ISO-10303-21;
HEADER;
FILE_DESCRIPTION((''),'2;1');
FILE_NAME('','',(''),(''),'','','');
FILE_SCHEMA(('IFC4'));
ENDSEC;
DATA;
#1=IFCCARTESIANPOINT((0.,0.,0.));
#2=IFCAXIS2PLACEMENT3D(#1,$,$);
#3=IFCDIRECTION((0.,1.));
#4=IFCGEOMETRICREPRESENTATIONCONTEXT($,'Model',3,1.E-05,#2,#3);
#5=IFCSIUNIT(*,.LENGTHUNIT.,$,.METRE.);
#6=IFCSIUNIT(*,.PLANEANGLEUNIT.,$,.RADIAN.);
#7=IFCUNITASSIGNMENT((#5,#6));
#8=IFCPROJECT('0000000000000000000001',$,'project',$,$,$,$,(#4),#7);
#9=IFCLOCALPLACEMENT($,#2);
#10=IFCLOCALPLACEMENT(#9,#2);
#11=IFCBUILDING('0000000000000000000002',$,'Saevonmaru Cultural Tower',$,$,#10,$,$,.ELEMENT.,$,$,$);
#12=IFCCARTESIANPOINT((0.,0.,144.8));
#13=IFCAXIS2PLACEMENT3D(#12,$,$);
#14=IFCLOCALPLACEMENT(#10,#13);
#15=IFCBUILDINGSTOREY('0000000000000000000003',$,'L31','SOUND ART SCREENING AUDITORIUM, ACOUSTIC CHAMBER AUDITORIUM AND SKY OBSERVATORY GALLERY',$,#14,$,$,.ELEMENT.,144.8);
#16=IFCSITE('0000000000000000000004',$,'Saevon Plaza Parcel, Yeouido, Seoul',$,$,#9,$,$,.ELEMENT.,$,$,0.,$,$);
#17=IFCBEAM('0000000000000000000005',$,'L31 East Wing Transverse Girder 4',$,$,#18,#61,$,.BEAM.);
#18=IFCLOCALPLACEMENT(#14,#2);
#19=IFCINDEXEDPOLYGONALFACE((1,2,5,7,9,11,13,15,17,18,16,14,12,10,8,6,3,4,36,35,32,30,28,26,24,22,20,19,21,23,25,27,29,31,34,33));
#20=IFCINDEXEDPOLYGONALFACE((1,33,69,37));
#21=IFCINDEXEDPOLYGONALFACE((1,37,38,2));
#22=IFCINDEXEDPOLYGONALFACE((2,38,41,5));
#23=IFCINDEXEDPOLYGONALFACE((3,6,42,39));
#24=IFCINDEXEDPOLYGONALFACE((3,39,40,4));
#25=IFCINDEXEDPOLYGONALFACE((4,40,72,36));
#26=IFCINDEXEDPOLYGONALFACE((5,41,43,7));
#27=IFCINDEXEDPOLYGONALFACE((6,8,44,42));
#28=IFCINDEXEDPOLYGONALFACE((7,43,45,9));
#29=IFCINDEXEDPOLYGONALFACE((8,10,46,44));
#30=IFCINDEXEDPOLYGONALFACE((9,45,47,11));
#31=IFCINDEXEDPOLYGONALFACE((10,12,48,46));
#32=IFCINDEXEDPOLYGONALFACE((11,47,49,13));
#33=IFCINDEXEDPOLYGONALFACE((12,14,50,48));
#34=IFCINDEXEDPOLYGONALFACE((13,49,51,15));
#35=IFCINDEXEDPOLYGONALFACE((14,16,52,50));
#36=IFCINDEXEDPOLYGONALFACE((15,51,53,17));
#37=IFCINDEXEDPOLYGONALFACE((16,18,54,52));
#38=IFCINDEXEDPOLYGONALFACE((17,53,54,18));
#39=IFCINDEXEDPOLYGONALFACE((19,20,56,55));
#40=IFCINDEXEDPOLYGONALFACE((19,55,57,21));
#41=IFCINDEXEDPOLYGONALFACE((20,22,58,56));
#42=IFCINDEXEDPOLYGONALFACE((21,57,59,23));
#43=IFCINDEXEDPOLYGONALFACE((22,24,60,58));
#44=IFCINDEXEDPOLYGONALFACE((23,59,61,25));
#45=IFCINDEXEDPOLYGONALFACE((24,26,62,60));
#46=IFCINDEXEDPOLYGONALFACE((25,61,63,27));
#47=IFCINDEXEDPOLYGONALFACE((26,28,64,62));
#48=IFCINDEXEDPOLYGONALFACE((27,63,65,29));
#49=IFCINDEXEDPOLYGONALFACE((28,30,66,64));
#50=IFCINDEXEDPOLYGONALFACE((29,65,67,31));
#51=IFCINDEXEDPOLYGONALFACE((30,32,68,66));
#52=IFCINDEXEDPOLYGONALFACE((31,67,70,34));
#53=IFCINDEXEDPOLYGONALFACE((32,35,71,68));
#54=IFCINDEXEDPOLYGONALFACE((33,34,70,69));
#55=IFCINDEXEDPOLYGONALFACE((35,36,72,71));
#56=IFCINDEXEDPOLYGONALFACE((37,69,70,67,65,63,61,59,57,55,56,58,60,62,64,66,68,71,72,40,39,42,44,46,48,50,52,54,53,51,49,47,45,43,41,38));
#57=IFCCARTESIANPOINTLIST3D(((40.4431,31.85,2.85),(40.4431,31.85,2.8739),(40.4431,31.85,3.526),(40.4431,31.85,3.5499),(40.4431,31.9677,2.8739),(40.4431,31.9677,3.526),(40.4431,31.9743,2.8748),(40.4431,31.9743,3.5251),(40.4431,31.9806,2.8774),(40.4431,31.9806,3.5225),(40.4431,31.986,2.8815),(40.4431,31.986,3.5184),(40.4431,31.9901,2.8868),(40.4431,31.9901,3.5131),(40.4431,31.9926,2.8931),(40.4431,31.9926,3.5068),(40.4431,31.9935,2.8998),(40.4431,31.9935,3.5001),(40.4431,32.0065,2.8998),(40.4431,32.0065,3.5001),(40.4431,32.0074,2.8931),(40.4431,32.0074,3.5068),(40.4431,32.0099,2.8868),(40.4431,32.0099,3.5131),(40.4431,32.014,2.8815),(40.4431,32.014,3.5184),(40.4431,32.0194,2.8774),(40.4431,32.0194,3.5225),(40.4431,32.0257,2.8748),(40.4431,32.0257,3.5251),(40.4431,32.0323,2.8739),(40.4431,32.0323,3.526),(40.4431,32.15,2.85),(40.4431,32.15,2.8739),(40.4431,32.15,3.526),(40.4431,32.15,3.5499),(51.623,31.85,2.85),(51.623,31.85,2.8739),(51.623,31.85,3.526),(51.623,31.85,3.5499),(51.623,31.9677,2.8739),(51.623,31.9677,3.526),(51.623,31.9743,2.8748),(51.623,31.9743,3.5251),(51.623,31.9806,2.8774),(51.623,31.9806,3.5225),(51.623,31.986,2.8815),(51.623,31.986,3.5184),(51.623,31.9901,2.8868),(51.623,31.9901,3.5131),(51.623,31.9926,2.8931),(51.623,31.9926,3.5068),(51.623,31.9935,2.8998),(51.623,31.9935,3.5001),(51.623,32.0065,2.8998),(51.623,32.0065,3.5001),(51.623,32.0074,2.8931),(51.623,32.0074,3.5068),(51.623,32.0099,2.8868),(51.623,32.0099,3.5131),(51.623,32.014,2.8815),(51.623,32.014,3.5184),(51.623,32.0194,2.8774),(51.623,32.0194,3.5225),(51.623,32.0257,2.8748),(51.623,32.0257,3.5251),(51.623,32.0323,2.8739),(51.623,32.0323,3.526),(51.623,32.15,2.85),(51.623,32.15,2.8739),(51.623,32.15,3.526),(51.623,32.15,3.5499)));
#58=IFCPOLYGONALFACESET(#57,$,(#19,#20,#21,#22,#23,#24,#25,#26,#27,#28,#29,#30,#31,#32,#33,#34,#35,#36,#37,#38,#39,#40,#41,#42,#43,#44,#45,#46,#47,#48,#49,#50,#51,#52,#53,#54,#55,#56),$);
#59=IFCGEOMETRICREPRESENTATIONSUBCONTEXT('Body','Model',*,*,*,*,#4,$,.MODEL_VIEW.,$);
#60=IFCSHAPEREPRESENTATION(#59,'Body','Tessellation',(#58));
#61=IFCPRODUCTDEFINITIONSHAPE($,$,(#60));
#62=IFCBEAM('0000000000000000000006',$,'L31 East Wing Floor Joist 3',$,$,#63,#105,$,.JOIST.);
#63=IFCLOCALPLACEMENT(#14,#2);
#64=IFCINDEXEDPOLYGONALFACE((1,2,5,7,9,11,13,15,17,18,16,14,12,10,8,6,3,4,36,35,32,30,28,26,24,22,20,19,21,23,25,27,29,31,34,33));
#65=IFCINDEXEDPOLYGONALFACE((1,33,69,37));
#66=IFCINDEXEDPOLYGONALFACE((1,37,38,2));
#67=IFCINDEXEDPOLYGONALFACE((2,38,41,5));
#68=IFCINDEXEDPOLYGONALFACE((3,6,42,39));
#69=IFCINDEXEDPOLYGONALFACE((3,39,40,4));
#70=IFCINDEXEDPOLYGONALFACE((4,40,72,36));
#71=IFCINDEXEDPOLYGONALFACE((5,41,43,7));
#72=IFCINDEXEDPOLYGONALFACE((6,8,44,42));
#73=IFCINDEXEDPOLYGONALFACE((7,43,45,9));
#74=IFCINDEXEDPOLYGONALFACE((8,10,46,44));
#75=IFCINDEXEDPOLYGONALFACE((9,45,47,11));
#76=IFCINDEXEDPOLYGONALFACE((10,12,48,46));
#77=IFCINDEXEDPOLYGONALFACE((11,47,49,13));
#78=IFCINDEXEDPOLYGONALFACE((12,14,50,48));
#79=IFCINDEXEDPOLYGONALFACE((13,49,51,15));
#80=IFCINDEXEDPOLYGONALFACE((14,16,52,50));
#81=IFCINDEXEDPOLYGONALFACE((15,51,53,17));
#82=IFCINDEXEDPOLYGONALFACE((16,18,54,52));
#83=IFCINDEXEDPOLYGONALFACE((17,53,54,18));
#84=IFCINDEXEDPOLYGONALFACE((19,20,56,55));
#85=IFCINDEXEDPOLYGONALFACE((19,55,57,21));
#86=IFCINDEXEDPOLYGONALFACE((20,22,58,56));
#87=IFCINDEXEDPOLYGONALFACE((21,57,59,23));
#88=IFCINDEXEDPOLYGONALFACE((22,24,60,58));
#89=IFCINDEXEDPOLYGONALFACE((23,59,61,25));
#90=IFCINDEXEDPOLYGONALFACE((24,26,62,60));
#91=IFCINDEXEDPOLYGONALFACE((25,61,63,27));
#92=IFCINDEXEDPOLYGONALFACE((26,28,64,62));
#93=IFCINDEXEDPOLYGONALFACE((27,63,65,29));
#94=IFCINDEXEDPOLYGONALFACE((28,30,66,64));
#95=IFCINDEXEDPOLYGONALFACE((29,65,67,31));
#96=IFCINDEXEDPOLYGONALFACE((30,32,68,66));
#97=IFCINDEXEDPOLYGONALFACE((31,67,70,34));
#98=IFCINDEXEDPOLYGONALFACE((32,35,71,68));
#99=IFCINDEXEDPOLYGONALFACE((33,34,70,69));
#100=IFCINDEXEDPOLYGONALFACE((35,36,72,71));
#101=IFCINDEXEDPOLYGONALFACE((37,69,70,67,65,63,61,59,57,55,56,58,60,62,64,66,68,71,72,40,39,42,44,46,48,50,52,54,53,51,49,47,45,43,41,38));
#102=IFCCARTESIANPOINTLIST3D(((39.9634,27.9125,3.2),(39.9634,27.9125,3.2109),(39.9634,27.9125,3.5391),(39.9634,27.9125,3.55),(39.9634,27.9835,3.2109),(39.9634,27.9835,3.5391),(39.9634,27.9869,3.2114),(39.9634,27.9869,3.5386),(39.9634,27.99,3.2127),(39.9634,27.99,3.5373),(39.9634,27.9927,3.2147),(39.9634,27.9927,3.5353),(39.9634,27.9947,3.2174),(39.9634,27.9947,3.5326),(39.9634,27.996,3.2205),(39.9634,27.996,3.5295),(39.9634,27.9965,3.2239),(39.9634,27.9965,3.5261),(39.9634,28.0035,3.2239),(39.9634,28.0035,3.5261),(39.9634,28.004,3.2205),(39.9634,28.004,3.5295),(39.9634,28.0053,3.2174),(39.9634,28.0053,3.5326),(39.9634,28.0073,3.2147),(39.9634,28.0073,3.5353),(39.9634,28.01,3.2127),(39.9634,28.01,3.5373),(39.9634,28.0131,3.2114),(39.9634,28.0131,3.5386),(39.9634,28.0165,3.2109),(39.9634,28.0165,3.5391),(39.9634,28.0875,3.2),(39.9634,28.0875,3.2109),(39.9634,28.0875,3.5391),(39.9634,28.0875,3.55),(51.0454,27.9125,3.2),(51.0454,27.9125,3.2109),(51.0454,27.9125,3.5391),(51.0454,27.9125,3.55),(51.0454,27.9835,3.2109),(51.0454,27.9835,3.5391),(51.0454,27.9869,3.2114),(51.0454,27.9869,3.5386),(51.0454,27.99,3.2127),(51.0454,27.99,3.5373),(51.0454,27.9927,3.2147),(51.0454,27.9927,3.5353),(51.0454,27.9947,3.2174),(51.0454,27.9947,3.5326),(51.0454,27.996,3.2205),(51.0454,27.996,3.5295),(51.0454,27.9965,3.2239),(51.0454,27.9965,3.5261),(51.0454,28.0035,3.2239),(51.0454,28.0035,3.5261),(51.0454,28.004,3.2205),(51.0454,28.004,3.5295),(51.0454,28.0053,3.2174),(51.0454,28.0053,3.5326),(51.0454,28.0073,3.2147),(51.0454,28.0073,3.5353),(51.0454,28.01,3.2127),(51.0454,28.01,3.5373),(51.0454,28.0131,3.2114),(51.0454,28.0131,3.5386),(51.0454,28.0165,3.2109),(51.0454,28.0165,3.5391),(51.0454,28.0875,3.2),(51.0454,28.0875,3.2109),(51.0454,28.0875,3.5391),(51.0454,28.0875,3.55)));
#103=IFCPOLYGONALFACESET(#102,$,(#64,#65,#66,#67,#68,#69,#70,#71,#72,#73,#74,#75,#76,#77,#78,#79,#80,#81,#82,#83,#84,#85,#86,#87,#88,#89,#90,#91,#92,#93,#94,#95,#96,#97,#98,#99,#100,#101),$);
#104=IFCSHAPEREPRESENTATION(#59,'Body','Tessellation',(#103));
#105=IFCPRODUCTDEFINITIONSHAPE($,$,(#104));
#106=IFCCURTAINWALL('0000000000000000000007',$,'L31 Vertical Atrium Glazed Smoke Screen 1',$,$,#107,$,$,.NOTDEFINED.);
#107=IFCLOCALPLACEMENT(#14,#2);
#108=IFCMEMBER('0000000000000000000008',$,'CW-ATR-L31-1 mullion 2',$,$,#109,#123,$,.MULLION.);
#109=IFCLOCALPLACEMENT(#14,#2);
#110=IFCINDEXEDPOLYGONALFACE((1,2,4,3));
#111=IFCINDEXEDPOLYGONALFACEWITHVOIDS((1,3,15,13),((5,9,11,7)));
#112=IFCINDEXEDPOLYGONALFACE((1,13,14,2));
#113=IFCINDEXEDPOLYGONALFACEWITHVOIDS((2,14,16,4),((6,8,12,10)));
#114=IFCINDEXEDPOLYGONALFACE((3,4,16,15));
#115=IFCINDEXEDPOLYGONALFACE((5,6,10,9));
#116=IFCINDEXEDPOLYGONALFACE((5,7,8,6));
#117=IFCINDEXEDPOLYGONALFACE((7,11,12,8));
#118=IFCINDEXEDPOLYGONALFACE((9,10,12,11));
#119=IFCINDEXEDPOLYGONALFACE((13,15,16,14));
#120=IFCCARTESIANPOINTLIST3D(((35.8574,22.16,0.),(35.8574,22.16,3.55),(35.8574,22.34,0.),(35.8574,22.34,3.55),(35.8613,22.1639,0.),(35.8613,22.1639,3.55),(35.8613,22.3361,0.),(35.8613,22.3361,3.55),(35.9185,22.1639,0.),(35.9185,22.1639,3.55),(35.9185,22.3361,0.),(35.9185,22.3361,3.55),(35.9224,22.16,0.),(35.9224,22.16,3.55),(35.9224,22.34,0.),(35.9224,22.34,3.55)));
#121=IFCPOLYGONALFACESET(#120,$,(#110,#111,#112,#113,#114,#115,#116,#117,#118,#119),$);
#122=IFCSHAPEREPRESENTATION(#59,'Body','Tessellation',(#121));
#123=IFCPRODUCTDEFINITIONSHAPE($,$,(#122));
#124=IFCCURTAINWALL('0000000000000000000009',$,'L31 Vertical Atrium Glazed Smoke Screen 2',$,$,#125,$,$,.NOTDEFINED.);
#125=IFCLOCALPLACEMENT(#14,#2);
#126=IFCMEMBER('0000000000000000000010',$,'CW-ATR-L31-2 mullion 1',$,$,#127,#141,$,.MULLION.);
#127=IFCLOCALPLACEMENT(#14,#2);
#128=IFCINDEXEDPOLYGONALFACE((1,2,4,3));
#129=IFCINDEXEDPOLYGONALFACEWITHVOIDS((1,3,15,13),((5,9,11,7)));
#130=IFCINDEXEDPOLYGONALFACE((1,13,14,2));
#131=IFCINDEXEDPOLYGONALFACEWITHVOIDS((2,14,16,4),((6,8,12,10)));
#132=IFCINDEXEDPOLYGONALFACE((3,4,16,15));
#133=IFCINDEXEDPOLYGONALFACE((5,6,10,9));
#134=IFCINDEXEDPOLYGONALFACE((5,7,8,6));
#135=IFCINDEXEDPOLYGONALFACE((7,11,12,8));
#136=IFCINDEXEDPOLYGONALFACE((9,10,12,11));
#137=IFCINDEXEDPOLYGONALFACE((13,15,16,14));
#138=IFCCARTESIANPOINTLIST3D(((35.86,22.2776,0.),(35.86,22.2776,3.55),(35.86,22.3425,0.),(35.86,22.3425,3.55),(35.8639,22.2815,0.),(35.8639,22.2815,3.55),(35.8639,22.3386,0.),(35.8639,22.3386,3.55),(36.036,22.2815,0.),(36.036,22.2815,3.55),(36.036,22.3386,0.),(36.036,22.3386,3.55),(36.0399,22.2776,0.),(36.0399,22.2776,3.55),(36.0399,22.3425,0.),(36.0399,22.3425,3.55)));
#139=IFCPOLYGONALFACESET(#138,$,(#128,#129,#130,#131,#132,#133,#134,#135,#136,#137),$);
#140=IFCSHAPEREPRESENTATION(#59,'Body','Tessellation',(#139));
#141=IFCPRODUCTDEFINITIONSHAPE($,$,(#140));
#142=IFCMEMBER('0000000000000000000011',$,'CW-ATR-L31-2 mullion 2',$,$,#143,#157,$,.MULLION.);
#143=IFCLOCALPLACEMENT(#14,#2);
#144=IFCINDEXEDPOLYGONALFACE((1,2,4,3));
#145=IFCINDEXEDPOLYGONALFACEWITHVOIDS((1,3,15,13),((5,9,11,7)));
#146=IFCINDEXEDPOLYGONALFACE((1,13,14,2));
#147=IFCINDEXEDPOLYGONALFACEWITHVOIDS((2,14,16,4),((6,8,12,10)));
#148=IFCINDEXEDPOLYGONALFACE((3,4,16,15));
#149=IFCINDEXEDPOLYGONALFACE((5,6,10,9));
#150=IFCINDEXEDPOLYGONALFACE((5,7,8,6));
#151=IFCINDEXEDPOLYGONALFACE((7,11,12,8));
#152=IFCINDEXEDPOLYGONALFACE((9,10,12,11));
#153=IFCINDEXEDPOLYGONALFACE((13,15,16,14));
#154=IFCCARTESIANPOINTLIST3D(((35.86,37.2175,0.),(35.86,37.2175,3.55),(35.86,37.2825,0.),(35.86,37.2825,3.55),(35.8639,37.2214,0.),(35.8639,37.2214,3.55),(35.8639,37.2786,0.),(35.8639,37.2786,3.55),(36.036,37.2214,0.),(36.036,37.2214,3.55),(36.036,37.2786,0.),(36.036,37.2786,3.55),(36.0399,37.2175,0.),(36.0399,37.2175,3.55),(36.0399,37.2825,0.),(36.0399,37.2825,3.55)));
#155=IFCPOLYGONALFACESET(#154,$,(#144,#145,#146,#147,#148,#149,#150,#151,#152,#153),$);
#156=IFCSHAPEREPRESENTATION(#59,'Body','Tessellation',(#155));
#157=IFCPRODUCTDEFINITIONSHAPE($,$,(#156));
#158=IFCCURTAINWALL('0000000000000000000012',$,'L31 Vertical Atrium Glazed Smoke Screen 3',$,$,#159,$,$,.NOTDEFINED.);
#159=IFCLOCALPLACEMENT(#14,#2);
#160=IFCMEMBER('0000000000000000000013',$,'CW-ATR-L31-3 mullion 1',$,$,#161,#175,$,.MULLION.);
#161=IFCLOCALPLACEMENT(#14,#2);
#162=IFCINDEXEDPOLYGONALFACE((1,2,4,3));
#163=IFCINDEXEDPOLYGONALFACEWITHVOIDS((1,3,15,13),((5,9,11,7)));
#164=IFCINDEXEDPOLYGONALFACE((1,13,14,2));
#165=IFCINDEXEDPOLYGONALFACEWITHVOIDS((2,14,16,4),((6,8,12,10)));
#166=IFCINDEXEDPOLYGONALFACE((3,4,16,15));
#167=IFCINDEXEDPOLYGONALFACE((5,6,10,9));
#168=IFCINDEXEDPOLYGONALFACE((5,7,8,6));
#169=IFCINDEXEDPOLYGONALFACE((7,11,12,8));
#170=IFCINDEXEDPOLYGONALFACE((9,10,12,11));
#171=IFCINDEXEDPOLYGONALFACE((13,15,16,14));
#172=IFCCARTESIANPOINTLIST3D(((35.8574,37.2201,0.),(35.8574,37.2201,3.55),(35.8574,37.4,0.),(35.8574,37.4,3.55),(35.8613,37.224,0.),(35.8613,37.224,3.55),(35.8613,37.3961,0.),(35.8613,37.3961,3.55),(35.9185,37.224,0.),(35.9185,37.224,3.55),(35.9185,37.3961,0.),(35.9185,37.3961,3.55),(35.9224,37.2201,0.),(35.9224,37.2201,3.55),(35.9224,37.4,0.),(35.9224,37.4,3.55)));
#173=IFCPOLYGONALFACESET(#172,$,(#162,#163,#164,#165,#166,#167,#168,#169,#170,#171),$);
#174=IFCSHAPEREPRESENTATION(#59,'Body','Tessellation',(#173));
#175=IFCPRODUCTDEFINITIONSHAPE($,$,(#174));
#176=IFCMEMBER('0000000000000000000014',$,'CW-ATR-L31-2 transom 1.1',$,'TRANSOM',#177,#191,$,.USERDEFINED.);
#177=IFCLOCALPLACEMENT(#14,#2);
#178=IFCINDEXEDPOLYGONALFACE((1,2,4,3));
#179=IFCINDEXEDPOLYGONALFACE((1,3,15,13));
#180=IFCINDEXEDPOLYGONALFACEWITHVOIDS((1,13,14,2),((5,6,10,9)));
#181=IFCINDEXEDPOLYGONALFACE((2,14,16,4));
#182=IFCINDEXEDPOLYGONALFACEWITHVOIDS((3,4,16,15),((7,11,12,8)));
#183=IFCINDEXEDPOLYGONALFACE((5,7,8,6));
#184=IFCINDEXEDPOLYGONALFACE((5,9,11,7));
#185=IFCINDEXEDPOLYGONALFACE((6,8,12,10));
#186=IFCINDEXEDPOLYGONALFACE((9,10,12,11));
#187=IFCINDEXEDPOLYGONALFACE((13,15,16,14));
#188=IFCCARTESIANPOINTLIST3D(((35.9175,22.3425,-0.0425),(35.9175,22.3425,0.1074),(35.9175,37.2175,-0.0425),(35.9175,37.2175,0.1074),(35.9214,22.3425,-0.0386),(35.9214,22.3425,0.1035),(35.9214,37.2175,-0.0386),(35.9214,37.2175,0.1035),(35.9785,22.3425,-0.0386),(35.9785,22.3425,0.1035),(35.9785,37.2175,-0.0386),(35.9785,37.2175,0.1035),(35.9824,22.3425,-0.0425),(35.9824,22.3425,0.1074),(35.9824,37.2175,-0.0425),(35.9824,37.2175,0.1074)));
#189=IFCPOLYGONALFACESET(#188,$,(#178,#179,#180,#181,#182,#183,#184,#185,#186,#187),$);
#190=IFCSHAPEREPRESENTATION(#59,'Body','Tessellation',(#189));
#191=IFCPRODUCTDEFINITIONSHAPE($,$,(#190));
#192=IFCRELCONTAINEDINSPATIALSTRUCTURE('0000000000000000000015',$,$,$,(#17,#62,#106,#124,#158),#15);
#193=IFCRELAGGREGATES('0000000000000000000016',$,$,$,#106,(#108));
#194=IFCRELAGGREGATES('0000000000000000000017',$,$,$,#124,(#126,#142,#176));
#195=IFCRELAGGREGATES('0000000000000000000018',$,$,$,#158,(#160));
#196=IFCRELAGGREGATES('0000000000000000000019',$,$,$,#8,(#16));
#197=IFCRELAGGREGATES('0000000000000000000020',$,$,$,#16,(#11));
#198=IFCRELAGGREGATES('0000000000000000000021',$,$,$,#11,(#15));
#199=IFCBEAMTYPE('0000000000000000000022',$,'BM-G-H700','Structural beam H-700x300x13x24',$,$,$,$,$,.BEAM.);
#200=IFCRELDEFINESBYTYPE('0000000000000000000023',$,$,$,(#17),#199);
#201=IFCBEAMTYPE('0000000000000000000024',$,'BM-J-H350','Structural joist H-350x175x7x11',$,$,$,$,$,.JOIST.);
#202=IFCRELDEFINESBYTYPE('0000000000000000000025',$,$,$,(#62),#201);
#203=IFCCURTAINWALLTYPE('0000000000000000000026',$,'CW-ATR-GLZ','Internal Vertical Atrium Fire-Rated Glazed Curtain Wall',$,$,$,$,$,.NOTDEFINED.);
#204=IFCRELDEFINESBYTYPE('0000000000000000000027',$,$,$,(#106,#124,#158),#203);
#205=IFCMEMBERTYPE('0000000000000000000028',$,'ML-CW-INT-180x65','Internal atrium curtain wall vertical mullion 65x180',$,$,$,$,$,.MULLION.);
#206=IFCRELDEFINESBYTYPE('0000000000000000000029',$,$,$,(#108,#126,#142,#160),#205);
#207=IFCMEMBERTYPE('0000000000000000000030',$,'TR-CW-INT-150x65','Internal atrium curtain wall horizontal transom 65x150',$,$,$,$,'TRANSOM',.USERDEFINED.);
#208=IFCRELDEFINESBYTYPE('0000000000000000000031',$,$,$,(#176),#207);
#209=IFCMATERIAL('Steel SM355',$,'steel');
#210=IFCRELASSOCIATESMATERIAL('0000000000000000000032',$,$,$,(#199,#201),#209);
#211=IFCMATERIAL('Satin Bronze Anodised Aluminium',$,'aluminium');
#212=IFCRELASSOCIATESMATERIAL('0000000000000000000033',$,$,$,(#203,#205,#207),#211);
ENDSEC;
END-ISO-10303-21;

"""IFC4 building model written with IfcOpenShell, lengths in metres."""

from ifc_helpers import new_model, si_unit, direction, frame, origin, origin_2d, place, context, subcontext, project, spatial, hollow_rectangle, i_section, extrude, material, material_profile, profile_set, type_object, element, aggregate, save


model = new_model("IFC4")

# Units and contexts
model_context = context("Model", 3, precision=1e-05, world=origin(), true_north=direction((0.0, 1.0)))
body_context = subcontext(model_context, "Body", "Model", "MODEL_VIEW")
ifc_project = project(units=[si_unit("LENGTHUNIT", "METRE"), si_unit("PLANEANGLEUNIT", "RADIAN")], contexts=[model_context])

# Site, building, storey
site_placement = place(None, origin())
site = spatial("IfcSite", under=ifc_project, at=site_placement, Name="Saevon Plaza Parcel, Yeouido, Seoul", CompositionType="ELEMENT", RefElevation=0.0)
building_placement = place(site_placement, origin())
building = spatial("IfcBuilding", under=site, at=building_placement, Name="Saevonmaru Cultural Tower", CompositionType="ELEMENT")
storey_placement = place(building_placement, frame((0.0, 0.0, 144.8)))
storey = spatial("IfcBuildingStorey", under=building, at=storey_placement, Name="L31", Description="SOUND ART SCREENING AUDITORIUM, ACOUSTIC CHAMBER AUDITORIUM AND SKY OBSERVATORY GALLERY", CompositionType="ELEMENT", Elevation=144.8)

# Shared definitions
ifc_material_1 = material(Name="Steel SM355", Category="steel")

# Beams
ifc_material_profile_1 = material_profile(ifc_material_1, i_section(OverallWidth=0.3, OverallDepth=0.7, WebThickness=0.0129, FlangeThickness=0.0239, FilletRadius=0.0259, at=origin_2d()), Name="H-700x300x13x24")
ifc_profile_set_1 = profile_set([ifc_material_profile_1], Name="Steel SM355")
beam_type_1 = type_object("IfcBeamType", Name="BM-G-H700", Description="Structural beam H-700x300x13x24", PredefinedType="BEAM", material=ifc_profile_set_1)
for number, where, z_axis, x_axis, name in (
    (1, (40.4431, 32.0, 3.2), (1.0, 0.0, 0.0), (0.0, 1.0, 0.0), "L31 East Wing Transverse Girder 4"),
):
    element("IfcBeam", number, at=place(storey_placement, frame(where, z_axis=z_axis, x_axis=x_axis)), inside=storey, type_object=beam_type_1, Name=name, PredefinedType="BEAM", context=body_context, shape_type="SweptSolid", body=[
        extrude(i_section(OverallWidth=0.3, OverallDepth=0.7, WebThickness=0.0129, FlangeThickness=0.0239, FilletRadius=0.0259, at=origin_2d()), origin(), (0.0, 0.0, 1.0), 11.1799),
    ])
ifc_material_profile_2 = material_profile(ifc_material_1, i_section(OverallWidth=0.175, OverallDepth=0.3501, WebThickness=0.0071, FlangeThickness=0.011, FilletRadius=0.0129, at=origin_2d()), Name="H-350x175x7x11")
ifc_profile_set_2 = profile_set([ifc_material_profile_2], Name="Steel SM355")
beam_type_2 = type_object("IfcBeamType", Name="BM-J-H350", Description="Structural joist H-350x175x7x11", PredefinedType="JOIST", material=ifc_profile_set_2)
beam_1_placement = place(storey_placement, frame((39.9634, 28.0, 3.375), z_axis=(1.0, 0.0, 0.0), x_axis=(0.0, 1.0, 0.0)))
element("IfcBeam", 2, at=beam_1_placement, inside=storey, type_object=beam_type_2, Name="L31 East Wing Floor Joist 3", PredefinedType="JOIST", context=body_context, shape_type="SweptSolid", body=[
    extrude(i_section(OverallWidth=0.175, OverallDepth=0.3501, WebThickness=0.0071, FlangeThickness=0.011, FilletRadius=0.0129, at=origin_2d()), origin(), (0.0, 0.0, 1.0), 11.082),
])

# Curtain wall, member
ifc_material_2 = material(Name="Satin Bronze Anodised Aluminium", Category="aluminium")
curtain_wall_type = type_object("IfcCurtainWallType", Name="CW-ATR-GLZ", Description="Internal Vertical Atrium Fire-Rated Glazed Curtain Wall", PredefinedType="NOTDEFINED", material=ifc_material_2)
curtain_wall_1_placement = place(storey_placement, origin())
curtain_wall_1 = element("IfcCurtainWall", 3, at=curtain_wall_1_placement, inside=storey, type_object=curtain_wall_type, Name="L31 Vertical Atrium Glazed Smoke Screen 1", PredefinedType="NOTDEFINED")
ifc_material_profile_3 = material_profile(ifc_material_2, hollow_rectangle(XDim=0.0649, YDim=0.1799, WallThickness=0.0039, at=origin_2d()), Name="ALU-MULL-180x65x4")
ifc_profile_set_3 = profile_set([ifc_material_profile_3], Name="Satin Bronze Anodised Aluminium")
member_type_1 = type_object("IfcMemberType", Name="ML-CW-INT-180x65", Description="Internal atrium curtain wall vertical mullion 65x180", PredefinedType="MULLION", material=ifc_profile_set_3)
member_1_placement = place(storey_placement, frame((35.8899, 22.25, 0.0), z_axis=(0.0, 0.0, 1.0), x_axis=(1.0, 0.0, 0.0)))
member_1 = element("IfcMember", 4, at=member_1_placement, type_object=member_type_1, Name="CW-ATR-L31-1 mullion 2", PredefinedType="MULLION", context=body_context, shape_type="SweptSolid", body=[
    extrude(hollow_rectangle(XDim=0.0649, YDim=0.1799, WallThickness=0.0039, at=origin_2d()), origin(), (0.0, 0.0, 1.0), 3.55),
])
aggregate(curtain_wall_1, [member_1])

# Curtain wall, members
curtain_wall_2_placement = place(storey_placement, origin())
curtain_wall_2 = element("IfcCurtainWall", 5, at=curtain_wall_2_placement, inside=storey, type_object=curtain_wall_type, Name="L31 Vertical Atrium Glazed Smoke Screen 2", PredefinedType="NOTDEFINED")
member_2_placement = place(storey_placement, frame((35.95, 22.3101, 0.0), z_axis=(0.0, 0.0, 1.0), x_axis=(0.0, 1.0, 0.0)))
member_2 = element("IfcMember", 6, at=member_2_placement, type_object=member_type_1, Name="CW-ATR-L31-2 mullion 1", PredefinedType="MULLION", context=body_context, shape_type="SweptSolid", body=[
    extrude(hollow_rectangle(XDim=0.0649, YDim=0.1799, WallThickness=0.0039, at=origin_2d()), origin(), (0.0, 0.0, 1.0), 3.55),
])
member_3_placement = place(storey_placement, frame((35.95, 37.25, 0.0), z_axis=(0.0, 0.0, 1.0), x_axis=(0.0, 1.0, 0.0)))
member_3 = element("IfcMember", 7, at=member_3_placement, type_object=member_type_1, Name="CW-ATR-L31-2 mullion 2", PredefinedType="MULLION", context=body_context, shape_type="SweptSolid", body=[
    extrude(hollow_rectangle(XDim=0.0649, YDim=0.1799, WallThickness=0.0039, at=origin_2d()), origin(), (0.0, 0.0, 1.0), 3.55),
])

# Curtain wall, member
curtain_wall_3_placement = place(storey_placement, origin())
curtain_wall_3 = element("IfcCurtainWall", 8, at=curtain_wall_3_placement, inside=storey, type_object=curtain_wall_type, Name="L31 Vertical Atrium Glazed Smoke Screen 3", PredefinedType="NOTDEFINED")
member_4_placement = place(storey_placement, frame((35.8899, 37.3101, 0.0), z_axis=(0.0, 0.0, 1.0), x_axis=(-1.0, 0.0, 0.0)))
member_4 = element("IfcMember", 9, at=member_4_placement, type_object=member_type_1, Name="CW-ATR-L31-3 mullion 1", PredefinedType="MULLION", context=body_context, shape_type="SweptSolid", body=[
    extrude(hollow_rectangle(XDim=0.0649, YDim=0.1799, WallThickness=0.0039, at=origin_2d()), origin(), (0.0, 0.0, 1.0), 3.55),
])

# Member
ifc_material_profile_4 = material_profile(ifc_material_2, hollow_rectangle(XDim=0.0649, YDim=0.1499, WallThickness=0.0039, at=origin_2d()), Name="ALU-TRAN-150x65x4")
ifc_profile_set_4 = profile_set([ifc_material_profile_4], Name="Satin Bronze Anodised Aluminium")
member_type_2 = type_object("IfcMemberType", Name="TR-CW-INT-150x65", Description="Internal atrium curtain wall horizontal transom 65x150", ElementType="TRANSOM", PredefinedType="USERDEFINED", material=ifc_profile_set_4)
member_5_placement = place(storey_placement, frame((35.95, 22.3425, 0.0325), z_axis=(0.0, 1.0, 0.0), x_axis=(-1.0, 0.0, 0.0)))
member_5 = element("IfcMember", 10, at=member_5_placement, type_object=member_type_2, Name="CW-ATR-L31-2 transom 1.1", ObjectType="TRANSOM", PredefinedType="USERDEFINED", context=body_context, shape_type="SweptSolid", body=[
    extrude(hollow_rectangle(XDim=0.0649, YDim=0.1499, WallThickness=0.0039, at=origin_2d()), origin(), (0.0, 0.0, 1.0), 14.875),
])

aggregate(curtain_wall_2, [member_2, member_3, member_5])
aggregate(curtain_wall_3, [member_4])

save(model, "model.ifc")
